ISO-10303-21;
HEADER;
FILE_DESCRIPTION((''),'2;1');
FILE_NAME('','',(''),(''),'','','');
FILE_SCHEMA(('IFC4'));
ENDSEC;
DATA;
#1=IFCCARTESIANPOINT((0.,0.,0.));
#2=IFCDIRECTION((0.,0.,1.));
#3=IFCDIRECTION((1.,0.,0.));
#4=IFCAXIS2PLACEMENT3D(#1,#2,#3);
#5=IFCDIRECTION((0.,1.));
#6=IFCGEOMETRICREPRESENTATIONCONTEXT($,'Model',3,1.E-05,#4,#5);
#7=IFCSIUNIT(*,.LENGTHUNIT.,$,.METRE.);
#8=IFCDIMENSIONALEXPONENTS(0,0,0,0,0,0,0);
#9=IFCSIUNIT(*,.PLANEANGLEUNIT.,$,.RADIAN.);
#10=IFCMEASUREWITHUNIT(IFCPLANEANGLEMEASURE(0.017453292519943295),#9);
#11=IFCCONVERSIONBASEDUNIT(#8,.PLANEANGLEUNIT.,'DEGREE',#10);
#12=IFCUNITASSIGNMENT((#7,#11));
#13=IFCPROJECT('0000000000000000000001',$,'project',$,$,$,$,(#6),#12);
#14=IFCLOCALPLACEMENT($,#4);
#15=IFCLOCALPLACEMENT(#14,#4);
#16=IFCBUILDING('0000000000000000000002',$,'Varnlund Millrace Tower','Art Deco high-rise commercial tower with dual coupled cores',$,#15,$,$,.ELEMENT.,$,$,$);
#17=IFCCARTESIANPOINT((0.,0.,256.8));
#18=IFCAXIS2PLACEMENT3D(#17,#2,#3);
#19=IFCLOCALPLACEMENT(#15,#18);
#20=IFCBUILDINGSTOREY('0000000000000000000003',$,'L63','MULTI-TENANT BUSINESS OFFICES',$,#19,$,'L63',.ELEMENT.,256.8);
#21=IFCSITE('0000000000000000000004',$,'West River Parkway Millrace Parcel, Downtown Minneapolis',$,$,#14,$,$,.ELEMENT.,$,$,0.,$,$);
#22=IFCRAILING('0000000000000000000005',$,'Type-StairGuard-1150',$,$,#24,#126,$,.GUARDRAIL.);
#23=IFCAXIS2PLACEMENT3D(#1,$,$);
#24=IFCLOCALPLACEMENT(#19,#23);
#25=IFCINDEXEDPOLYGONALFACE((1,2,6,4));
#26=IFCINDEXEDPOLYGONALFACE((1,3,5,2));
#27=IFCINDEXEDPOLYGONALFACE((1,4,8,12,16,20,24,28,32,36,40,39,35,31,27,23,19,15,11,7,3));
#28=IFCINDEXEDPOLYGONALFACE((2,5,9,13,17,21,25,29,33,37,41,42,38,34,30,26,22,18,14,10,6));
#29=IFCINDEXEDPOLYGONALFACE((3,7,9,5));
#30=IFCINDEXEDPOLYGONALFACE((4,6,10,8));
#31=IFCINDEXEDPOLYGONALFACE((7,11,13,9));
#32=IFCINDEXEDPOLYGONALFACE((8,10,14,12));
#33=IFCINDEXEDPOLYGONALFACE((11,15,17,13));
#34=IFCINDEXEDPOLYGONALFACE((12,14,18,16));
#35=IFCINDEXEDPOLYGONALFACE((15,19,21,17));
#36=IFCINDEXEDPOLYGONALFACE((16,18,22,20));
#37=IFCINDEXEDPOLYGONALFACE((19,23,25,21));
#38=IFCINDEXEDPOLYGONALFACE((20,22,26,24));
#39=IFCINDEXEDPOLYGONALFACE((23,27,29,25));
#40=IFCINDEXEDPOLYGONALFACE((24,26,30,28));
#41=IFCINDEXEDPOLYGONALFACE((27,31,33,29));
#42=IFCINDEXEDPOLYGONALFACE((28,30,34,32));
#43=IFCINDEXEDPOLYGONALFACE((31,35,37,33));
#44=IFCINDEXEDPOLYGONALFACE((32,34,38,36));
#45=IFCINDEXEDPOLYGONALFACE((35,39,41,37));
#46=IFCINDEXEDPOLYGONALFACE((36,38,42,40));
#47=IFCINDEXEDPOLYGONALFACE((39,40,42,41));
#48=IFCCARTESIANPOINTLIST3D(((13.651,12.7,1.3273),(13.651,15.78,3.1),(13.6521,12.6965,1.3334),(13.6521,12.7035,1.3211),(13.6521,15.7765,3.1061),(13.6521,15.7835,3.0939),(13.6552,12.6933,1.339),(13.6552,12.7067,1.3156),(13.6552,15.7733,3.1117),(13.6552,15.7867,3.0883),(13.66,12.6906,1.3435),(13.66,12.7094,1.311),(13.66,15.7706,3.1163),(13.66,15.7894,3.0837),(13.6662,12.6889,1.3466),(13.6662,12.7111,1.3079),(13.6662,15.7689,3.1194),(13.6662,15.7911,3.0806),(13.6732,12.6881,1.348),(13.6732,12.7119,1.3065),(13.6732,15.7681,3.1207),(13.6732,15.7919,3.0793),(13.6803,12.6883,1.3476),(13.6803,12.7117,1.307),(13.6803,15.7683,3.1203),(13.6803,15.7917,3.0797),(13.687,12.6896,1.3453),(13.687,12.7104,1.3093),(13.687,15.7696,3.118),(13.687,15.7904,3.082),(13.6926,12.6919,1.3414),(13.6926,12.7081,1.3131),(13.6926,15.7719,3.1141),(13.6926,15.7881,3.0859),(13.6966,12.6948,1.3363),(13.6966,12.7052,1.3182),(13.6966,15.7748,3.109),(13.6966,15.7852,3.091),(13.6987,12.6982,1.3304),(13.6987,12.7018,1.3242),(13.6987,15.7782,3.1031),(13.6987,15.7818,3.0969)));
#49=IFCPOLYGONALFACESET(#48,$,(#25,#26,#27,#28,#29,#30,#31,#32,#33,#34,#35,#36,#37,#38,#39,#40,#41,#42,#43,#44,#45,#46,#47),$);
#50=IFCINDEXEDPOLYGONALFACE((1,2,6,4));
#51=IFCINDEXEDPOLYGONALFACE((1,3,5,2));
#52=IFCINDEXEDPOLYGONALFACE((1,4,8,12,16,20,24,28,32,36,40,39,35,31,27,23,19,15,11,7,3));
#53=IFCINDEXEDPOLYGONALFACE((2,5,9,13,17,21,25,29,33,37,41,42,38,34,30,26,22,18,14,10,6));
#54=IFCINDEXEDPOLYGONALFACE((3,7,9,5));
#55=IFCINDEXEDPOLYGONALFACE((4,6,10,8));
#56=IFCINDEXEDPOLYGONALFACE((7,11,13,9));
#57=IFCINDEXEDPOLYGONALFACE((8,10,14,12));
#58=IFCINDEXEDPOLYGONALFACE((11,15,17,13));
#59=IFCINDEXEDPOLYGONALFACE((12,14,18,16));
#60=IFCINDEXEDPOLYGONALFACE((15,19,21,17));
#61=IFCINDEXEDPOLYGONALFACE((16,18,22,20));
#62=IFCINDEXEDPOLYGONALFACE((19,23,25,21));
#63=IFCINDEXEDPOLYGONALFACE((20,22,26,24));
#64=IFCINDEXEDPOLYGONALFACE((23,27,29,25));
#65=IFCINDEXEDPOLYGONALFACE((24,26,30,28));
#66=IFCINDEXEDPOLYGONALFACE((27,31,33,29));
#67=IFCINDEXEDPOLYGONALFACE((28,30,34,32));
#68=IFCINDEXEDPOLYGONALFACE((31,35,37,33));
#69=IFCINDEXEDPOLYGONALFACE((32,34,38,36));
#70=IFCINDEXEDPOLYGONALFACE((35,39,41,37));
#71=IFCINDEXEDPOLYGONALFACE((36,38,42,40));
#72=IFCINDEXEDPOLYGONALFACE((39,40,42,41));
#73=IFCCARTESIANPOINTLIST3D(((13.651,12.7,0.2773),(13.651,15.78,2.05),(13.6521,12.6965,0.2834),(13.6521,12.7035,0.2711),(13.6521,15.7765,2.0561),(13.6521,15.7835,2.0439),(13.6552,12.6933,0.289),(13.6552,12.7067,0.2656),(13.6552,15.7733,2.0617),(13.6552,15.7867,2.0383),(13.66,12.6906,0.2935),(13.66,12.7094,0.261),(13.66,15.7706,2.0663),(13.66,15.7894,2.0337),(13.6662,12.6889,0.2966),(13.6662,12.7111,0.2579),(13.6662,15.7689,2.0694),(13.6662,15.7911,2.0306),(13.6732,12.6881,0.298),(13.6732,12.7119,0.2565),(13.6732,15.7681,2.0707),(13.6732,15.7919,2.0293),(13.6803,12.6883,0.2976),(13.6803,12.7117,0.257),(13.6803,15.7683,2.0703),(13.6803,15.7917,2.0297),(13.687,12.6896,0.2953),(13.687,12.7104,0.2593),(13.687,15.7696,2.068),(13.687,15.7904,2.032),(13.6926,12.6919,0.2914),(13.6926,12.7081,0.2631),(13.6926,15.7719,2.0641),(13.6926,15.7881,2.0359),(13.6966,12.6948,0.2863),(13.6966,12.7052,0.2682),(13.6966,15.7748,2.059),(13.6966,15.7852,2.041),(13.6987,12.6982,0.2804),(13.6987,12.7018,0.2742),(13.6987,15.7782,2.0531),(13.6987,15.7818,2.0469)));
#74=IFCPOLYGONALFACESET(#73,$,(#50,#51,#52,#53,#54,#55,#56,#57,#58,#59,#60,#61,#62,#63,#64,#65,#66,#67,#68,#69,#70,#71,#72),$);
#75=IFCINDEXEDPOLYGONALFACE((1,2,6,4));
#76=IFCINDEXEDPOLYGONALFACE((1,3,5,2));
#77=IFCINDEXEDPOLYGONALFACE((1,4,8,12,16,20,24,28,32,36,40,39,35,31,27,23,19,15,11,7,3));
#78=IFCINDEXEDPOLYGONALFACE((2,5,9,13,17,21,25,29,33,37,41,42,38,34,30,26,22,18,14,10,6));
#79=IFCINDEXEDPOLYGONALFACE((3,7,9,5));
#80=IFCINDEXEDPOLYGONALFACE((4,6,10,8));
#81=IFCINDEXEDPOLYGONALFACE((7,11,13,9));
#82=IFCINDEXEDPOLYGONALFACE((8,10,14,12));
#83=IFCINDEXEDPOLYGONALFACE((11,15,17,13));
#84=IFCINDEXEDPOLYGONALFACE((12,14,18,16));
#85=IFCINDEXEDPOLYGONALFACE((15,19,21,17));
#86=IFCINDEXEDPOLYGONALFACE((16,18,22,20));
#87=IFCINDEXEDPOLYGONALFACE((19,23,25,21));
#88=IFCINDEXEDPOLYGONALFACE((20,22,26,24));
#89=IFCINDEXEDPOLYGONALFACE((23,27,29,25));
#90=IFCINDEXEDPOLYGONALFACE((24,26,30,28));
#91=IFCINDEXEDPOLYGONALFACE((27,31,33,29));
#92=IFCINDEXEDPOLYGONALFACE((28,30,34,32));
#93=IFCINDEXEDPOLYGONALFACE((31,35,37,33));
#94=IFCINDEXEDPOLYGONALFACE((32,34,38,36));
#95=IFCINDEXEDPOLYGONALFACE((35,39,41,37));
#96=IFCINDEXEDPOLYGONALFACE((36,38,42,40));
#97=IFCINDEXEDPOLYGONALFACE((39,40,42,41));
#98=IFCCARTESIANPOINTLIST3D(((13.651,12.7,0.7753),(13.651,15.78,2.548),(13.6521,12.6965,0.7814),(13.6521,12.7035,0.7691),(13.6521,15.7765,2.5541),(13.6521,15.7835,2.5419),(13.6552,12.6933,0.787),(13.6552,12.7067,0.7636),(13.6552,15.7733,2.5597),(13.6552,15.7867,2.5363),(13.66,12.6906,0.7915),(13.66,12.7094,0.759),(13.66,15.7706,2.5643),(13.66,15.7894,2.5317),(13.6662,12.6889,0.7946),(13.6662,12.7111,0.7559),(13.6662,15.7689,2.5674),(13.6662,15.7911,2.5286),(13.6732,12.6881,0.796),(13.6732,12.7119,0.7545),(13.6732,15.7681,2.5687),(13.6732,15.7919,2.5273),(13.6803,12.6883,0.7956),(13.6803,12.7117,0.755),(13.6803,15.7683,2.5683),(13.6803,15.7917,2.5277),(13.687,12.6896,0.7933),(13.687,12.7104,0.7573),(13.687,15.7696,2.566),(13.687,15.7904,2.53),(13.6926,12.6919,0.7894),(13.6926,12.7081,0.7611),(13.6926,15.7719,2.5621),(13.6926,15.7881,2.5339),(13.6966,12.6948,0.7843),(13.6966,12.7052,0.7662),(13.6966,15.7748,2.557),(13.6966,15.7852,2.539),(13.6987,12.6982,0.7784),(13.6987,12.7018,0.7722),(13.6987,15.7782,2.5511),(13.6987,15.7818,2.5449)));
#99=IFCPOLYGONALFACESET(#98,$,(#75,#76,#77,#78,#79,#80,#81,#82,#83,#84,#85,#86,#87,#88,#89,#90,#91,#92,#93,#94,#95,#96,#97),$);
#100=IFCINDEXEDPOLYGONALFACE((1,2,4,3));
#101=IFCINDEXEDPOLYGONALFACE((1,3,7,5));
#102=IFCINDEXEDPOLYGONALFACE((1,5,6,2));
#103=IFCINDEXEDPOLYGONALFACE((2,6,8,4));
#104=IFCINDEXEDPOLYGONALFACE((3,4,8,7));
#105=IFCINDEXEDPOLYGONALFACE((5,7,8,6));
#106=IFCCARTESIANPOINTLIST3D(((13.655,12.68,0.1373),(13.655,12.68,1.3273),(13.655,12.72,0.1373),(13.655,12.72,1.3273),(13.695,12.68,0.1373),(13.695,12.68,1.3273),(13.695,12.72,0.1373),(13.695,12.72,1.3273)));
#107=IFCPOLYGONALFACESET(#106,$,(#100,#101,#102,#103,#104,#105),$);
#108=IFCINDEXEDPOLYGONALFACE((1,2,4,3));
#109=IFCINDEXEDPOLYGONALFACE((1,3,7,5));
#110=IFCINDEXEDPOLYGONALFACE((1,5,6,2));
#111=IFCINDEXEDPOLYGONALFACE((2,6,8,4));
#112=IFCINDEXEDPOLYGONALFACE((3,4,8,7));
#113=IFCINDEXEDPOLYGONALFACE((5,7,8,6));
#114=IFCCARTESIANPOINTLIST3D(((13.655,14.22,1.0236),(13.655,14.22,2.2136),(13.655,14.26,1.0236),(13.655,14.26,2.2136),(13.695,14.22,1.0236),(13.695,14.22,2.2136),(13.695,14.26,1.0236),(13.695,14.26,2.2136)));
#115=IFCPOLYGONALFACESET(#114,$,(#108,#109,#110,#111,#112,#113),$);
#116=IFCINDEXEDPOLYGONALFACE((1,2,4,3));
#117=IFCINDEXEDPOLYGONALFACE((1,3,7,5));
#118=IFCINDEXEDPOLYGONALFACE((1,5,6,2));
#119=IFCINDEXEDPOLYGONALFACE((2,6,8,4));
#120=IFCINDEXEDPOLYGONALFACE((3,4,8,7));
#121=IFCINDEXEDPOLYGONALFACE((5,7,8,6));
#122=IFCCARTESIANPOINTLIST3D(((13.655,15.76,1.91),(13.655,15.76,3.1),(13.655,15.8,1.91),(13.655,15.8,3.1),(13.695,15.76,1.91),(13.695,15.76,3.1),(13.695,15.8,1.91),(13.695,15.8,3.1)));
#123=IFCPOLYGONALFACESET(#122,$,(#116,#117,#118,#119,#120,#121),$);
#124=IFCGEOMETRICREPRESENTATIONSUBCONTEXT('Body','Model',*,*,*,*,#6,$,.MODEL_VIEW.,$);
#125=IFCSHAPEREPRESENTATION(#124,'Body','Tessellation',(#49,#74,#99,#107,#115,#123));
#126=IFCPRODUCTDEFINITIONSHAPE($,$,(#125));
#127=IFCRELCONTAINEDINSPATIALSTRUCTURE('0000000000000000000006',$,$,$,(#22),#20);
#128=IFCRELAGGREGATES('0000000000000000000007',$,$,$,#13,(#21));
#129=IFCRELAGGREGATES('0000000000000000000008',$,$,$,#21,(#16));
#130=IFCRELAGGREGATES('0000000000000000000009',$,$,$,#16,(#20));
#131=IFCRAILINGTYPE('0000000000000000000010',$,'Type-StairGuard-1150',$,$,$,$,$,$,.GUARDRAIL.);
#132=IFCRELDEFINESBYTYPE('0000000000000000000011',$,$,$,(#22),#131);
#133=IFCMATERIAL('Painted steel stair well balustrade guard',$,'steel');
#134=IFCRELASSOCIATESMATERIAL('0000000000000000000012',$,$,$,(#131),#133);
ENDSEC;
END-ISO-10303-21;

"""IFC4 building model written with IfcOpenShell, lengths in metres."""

from ifc_helpers import new_model, entity, si_unit, converted_unit, direction, frame, origin_with_axes, origin_2d_with_axis, place, context, subcontext, project, spatial, rectangle, circle, extrude, material, type_object, element, save


model = new_model("IFC4")

# Units and contexts
model_context = context("Model", 3, precision=1e-05, world=origin_with_axes(), true_north=direction((0.0, 1.0)))
body_context = subcontext(model_context, "Body", "Model", "MODEL_VIEW")
ifc_project = project(units=[si_unit("LENGTHUNIT", "METRE"), converted_unit("PLANEANGLEUNIT", "DEGREE", entity("IfcPlaneAngleMeasure", 0.017453292519943295), si_unit("PLANEANGLEUNIT", "RADIAN"), dimensions=[0, 0, 0, 0, 0, 0, 0])], contexts=[model_context])

# Site, building, storey
site_placement = place(None, origin_with_axes())
site = spatial("IfcSite", under=ifc_project, at=site_placement, Name="West River Parkway Millrace Parcel, Downtown Minneapolis", CompositionType="ELEMENT", RefElevation=0.0)
building_placement = place(site_placement, origin_with_axes())
building = spatial("IfcBuilding", under=site, at=building_placement, Name="Varnlund Millrace Tower", Description="Art Deco high-rise commercial tower with dual coupled cores", CompositionType="ELEMENT")
storey_placement = place(building_placement, frame((0.0, 0.0, 256.8), z_axis=(0.0, 0.0, 1.0), x_axis=(1.0, 0.0, 0.0)))
storey = spatial("IfcBuildingStorey", under=building, at=storey_placement, Name="L63", Description="MULTI-TENANT BUSINESS OFFICES", LongName="L63", CompositionType="ELEMENT", Elevation=256.8)

# Railing
ifc_material_1 = material(Name="Painted steel stair well balustrade guard", Category="steel")
railing_type_1 = type_object("IfcRailingType", Name="Type-StairGuard-1150", PredefinedType="GUARDRAIL", material=ifc_material_1)
railing_1_placement = place(storey_placement, frame((0.0, 0.0, -256.8), z_axis=(0.0, 0.0, 1.0), x_axis=(1.0, 0.0, 0.0)))
element("IfcRailing", 1, at=railing_1_placement, inside=storey, type_object=railing_type_1, Name="Type-StairGuard-1150", PredefinedType="GUARDRAIL", context=body_context, shape_type="SweptSolid", body=[
    extrude(circle(Radius=0.024, at=origin_2d_with_axis()), frame((13.675, 12.7, 258.1273), z_axis=(0.0, 0.866696, 0.498836), x_axis=(-1.0, 0.0, 0.0)), (0.0, 0.0, 1.0), 3.5537),
    extrude(circle(Radius=0.024, at=origin_2d_with_axis()), frame((13.675, 12.7, 257.0773), z_axis=(0.0, 0.866696, 0.498836), x_axis=(-1.0, 0.0, 0.0)), (0.0, 0.0, 1.0), 3.5537),
    extrude(circle(Radius=0.024, at=origin_2d_with_axis()), frame((13.675, 12.7, 257.5753), z_axis=(0.0, 0.866696, 0.498836), x_axis=(-1.0, 0.0, 0.0)), (0.0, 0.0, 1.0), 3.5537),
    extrude(rectangle(XDim=0.04, YDim=0.04, at=origin_2d_with_axis()), frame((13.675, 12.7, 256.9373), z_axis=(0.0, 0.0, 1.0), x_axis=(1.0, 0.0, 0.0)), (0.0, 0.0, 1.0), 1.19),
    extrude(rectangle(XDim=0.04, YDim=0.04, at=origin_2d_with_axis()), frame((13.675, 14.24, 257.8236), z_axis=(0.0, 0.0, 1.0), x_axis=(1.0, 0.0, 0.0)), (0.0, 0.0, 1.0), 1.19),
    extrude(rectangle(XDim=0.04, YDim=0.04, at=origin_2d_with_axis()), frame((13.675, 15.78, 258.71), z_axis=(0.0, 0.0, 1.0), x_axis=(1.0, 0.0, 0.0)), (0.0, 0.0, 1.0), 1.19),
])

save(model, "model.ifc")
